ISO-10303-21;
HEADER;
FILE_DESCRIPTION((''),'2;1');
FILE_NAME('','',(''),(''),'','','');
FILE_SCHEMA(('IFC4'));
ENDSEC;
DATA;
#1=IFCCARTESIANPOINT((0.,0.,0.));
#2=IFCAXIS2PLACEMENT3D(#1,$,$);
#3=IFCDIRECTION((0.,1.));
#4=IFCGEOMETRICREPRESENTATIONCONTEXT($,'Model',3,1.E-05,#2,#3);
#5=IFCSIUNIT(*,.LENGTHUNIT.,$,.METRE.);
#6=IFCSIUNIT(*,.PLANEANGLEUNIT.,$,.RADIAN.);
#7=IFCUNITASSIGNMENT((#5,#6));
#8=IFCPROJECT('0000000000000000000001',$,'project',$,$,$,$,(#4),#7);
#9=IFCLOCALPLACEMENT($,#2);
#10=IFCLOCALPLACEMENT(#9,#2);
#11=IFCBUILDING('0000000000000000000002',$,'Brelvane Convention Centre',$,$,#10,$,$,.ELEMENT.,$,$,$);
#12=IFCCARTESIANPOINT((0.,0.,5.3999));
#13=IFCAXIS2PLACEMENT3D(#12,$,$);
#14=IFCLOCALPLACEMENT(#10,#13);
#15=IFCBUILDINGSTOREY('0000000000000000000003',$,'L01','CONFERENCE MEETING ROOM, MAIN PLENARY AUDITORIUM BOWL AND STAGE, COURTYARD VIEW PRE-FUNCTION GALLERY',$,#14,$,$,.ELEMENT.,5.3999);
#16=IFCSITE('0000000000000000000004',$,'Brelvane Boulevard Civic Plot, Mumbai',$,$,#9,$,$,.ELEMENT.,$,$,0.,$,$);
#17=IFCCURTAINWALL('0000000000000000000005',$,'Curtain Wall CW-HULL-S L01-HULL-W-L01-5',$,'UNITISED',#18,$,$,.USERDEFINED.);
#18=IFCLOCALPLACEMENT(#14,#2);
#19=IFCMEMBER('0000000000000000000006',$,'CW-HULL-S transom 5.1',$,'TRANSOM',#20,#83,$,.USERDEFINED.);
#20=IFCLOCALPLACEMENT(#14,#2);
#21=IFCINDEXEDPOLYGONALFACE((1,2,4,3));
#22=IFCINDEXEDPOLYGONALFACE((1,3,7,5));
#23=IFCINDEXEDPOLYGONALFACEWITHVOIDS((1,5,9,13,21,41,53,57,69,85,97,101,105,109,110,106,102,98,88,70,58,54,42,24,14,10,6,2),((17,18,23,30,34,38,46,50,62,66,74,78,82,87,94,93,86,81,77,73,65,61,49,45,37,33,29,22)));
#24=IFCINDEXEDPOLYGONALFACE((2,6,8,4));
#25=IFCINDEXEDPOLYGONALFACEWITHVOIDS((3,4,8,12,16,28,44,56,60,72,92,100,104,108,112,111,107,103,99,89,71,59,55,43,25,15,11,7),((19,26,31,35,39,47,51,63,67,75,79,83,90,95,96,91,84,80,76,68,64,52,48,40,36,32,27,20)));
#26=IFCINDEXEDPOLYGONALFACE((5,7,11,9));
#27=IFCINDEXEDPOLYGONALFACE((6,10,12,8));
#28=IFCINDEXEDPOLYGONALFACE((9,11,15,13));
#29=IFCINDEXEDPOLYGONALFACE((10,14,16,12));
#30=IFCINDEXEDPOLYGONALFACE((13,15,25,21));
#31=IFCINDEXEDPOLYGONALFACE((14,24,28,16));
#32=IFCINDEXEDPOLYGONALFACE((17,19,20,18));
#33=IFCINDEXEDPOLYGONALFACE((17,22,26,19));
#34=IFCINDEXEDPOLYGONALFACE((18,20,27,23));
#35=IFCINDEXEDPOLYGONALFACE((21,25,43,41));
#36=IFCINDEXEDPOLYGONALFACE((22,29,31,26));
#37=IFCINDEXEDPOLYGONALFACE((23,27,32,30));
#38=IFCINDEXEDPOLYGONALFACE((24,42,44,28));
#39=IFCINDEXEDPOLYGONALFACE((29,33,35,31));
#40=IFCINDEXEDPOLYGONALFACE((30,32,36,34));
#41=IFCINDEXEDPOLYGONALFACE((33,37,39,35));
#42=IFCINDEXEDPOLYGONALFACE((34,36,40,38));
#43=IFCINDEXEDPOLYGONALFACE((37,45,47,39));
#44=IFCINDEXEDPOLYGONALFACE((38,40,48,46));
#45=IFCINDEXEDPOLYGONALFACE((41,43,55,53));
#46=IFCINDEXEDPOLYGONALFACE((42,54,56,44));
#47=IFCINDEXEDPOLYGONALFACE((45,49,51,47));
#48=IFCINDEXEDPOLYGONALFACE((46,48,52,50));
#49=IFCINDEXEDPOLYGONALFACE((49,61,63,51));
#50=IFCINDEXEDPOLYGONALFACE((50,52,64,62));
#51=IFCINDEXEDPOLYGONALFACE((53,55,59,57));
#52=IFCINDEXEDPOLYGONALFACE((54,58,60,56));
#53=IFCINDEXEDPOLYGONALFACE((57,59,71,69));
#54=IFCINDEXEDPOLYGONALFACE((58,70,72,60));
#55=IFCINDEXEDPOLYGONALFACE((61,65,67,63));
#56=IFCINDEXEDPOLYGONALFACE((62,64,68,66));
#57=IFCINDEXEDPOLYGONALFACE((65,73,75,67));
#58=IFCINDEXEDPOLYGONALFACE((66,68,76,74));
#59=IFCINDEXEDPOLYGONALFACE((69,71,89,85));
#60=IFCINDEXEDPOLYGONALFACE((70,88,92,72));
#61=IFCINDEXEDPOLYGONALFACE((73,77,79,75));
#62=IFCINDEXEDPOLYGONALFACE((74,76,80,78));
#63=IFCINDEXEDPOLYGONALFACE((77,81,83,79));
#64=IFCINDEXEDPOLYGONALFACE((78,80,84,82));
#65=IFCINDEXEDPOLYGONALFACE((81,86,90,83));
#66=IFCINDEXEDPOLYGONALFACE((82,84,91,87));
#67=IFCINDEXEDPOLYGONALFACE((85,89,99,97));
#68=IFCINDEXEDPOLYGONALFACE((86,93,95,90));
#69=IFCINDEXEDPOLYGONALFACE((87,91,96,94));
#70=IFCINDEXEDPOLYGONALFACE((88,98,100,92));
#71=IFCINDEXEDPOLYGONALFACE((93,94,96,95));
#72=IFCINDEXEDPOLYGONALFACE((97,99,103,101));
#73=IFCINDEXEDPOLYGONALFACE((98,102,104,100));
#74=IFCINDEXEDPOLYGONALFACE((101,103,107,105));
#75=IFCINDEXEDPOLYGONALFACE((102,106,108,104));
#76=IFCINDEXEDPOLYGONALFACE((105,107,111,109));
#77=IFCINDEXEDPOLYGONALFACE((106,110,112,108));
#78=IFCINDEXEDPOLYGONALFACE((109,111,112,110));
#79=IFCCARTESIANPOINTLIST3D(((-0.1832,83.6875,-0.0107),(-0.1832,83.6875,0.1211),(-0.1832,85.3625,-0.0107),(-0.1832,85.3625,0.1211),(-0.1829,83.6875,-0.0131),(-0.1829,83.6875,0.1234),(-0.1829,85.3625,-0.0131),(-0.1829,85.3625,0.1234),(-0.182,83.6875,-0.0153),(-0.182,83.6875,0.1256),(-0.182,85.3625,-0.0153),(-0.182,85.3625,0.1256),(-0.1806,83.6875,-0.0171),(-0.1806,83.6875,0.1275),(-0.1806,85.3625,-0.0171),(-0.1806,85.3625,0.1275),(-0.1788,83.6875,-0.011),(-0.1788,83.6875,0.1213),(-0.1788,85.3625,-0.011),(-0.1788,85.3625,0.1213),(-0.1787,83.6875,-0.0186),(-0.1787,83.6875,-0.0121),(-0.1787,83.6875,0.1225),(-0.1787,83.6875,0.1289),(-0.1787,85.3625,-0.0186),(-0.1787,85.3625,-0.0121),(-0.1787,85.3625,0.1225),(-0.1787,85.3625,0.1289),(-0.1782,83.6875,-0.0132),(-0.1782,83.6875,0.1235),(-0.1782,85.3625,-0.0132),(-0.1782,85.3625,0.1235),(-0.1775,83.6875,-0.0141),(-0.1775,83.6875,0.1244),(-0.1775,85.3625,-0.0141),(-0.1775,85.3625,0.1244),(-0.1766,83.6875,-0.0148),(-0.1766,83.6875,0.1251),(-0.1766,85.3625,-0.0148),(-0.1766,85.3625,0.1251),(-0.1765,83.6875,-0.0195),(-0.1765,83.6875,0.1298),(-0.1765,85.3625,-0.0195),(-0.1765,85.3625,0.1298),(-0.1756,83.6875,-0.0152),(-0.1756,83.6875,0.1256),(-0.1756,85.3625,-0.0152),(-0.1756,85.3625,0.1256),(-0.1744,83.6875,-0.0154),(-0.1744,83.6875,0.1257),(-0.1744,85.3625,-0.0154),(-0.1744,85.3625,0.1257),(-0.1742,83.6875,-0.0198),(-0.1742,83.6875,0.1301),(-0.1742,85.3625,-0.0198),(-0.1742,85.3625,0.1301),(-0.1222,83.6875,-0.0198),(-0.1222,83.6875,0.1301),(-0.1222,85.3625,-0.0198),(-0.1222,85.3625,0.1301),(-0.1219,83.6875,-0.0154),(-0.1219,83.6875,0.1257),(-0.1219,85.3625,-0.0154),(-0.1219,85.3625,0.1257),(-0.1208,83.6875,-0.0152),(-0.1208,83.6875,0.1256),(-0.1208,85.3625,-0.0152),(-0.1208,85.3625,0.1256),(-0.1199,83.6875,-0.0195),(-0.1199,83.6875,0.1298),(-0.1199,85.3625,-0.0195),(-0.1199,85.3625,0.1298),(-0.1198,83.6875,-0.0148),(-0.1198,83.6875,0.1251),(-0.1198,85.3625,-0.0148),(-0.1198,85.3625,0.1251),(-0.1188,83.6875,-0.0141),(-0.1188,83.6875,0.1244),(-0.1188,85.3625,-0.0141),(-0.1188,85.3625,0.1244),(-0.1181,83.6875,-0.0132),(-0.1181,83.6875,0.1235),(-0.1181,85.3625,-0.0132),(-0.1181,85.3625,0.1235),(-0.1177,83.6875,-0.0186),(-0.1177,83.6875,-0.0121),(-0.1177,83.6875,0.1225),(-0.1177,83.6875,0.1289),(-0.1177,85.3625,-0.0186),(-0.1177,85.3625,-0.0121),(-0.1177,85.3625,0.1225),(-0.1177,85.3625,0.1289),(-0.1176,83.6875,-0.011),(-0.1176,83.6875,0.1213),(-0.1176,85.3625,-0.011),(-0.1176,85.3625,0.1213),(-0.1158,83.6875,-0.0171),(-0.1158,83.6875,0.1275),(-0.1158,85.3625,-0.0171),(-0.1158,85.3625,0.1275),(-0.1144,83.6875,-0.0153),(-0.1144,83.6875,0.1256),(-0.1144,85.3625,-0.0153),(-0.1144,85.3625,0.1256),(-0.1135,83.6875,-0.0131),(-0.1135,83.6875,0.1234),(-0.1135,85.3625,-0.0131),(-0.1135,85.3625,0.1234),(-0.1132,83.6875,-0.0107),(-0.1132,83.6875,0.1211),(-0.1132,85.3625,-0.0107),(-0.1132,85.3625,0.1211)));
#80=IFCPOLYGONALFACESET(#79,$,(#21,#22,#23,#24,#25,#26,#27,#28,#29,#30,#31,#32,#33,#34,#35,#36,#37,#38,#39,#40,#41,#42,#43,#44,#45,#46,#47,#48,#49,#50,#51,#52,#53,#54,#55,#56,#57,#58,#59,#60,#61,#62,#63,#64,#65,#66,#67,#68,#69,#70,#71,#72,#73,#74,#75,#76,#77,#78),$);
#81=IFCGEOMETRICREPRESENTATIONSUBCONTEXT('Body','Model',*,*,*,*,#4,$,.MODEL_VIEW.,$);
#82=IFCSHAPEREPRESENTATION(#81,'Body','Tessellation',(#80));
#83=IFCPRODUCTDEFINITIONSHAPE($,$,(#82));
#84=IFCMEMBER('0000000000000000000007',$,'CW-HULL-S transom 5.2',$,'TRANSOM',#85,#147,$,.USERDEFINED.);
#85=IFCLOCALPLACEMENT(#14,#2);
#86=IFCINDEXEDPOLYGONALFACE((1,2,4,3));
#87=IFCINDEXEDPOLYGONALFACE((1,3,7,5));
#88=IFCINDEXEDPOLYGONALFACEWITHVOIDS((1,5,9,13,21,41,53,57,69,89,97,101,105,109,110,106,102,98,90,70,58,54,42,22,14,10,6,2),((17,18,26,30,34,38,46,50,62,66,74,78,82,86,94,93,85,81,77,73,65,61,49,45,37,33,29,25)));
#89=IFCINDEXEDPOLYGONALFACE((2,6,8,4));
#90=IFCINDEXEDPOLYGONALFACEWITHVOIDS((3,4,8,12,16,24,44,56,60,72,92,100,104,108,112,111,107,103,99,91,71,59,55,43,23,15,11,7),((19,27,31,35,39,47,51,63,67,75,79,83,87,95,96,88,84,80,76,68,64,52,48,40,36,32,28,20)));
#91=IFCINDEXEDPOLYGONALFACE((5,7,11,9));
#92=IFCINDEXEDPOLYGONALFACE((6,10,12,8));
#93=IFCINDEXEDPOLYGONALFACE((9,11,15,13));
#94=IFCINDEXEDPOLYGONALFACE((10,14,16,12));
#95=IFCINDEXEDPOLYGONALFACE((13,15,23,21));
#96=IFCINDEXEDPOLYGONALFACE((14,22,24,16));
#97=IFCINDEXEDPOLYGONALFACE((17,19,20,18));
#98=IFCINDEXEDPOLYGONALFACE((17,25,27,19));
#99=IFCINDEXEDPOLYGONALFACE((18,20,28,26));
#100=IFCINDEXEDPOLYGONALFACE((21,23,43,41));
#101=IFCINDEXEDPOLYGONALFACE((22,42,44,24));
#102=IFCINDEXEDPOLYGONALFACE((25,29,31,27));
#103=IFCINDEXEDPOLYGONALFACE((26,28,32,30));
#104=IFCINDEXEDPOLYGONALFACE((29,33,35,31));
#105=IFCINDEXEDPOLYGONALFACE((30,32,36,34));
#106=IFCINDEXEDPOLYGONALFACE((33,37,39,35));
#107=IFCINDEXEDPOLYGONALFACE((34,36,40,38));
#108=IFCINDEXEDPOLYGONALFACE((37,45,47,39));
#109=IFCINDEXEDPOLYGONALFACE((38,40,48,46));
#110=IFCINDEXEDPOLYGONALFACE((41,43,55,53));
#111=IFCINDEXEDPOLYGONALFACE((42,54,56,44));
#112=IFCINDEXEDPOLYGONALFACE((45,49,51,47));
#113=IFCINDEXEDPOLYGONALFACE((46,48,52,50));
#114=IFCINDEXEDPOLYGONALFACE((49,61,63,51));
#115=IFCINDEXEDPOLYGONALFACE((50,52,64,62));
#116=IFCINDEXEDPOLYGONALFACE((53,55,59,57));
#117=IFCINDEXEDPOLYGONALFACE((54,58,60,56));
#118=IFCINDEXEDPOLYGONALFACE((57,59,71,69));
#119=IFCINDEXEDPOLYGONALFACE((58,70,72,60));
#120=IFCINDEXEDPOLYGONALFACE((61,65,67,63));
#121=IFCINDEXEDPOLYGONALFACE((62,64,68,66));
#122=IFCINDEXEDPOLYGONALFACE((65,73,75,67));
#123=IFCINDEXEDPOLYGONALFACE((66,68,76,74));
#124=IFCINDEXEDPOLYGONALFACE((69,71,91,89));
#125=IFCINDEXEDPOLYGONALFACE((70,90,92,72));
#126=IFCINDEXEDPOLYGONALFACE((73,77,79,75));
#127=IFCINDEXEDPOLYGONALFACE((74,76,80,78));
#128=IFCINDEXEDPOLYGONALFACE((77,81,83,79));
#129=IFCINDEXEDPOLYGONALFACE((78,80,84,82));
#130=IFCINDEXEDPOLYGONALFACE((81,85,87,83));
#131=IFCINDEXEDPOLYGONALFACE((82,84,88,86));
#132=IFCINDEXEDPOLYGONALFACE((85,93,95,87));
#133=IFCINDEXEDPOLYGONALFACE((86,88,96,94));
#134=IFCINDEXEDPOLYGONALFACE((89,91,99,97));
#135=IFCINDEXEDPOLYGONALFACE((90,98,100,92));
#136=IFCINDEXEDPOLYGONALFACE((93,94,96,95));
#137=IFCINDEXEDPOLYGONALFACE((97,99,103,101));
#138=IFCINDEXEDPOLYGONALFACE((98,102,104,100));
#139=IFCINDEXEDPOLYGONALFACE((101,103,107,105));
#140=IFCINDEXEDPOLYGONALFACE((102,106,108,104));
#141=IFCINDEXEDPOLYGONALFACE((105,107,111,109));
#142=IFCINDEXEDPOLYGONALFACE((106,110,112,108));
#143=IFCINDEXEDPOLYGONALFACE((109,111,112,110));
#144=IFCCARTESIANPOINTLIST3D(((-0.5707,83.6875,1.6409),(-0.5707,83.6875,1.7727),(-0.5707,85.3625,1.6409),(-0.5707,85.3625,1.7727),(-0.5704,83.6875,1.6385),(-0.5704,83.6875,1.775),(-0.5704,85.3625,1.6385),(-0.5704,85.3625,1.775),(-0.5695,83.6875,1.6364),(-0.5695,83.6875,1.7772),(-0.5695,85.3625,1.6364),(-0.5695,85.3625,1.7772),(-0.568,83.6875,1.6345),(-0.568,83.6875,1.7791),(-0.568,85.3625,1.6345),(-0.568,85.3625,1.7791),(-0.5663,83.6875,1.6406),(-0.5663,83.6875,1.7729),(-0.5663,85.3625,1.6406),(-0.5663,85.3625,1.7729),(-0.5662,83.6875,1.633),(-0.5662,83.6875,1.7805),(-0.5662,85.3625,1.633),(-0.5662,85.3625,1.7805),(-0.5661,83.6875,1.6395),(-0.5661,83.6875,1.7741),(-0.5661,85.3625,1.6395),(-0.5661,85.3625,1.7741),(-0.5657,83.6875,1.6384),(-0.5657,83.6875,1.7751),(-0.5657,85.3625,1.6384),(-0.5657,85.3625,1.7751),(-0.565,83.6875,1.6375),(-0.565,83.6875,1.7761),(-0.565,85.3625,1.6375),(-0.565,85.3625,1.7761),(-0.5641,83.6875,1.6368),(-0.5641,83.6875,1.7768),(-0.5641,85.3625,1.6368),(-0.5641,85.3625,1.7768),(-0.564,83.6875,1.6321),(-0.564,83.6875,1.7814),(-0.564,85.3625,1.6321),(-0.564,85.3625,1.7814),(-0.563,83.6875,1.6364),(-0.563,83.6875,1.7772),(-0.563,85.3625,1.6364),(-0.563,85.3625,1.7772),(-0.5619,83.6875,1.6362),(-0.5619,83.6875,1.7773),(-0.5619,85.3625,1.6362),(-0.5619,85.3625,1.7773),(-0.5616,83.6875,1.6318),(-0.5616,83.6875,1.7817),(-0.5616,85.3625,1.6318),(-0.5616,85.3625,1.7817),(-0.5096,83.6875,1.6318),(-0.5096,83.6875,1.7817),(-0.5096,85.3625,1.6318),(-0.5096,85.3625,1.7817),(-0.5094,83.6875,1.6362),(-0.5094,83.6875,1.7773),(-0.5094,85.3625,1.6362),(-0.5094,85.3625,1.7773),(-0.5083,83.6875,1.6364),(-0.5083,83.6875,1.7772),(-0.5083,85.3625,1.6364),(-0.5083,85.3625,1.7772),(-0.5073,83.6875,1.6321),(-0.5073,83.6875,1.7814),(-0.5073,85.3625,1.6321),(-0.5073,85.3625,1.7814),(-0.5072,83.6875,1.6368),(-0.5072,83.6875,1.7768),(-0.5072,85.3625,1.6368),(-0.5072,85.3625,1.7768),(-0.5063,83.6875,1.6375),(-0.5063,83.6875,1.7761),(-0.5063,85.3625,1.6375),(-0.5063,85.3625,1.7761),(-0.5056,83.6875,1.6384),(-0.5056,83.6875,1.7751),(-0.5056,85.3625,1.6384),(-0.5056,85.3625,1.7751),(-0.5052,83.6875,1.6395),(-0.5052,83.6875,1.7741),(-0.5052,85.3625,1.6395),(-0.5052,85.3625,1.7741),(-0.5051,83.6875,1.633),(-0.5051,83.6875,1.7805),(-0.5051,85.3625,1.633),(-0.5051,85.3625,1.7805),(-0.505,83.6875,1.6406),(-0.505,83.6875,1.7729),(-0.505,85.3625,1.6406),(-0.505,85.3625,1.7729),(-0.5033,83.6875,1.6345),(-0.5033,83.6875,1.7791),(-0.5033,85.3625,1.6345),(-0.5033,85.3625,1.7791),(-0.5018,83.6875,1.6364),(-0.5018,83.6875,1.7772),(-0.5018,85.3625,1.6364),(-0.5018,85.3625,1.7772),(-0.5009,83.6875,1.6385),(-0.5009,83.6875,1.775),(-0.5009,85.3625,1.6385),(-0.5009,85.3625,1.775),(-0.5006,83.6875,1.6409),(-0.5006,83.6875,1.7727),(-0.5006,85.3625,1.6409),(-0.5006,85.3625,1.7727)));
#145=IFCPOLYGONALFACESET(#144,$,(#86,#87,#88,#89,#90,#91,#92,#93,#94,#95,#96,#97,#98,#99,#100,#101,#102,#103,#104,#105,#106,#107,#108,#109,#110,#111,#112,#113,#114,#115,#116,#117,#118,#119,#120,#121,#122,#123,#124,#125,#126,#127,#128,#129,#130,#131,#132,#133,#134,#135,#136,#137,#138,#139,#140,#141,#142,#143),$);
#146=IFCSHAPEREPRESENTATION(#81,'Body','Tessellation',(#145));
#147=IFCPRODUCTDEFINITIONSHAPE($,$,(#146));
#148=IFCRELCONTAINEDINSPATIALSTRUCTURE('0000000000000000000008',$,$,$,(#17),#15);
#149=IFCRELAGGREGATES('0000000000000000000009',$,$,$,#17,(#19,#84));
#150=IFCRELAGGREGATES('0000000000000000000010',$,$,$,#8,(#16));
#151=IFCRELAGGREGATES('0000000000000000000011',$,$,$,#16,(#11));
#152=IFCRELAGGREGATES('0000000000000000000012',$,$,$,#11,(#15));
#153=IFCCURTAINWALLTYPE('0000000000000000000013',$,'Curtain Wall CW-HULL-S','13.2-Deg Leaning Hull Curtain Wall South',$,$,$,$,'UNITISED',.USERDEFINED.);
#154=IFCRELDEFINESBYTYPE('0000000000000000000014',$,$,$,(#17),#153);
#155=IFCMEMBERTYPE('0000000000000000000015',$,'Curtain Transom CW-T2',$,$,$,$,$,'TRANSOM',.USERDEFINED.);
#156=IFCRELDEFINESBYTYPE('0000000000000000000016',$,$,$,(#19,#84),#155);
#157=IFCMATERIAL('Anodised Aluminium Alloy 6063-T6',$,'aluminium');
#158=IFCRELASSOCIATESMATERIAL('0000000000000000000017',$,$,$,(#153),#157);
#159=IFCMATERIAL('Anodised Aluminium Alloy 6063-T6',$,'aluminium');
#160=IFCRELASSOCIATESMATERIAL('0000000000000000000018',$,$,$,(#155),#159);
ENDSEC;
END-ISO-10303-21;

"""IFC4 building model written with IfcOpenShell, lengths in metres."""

from ifc_helpers import new_model, si_unit, direction, frame, origin, origin_2d, place, context, subcontext, project, spatial, hollow_rectangle, extrude, material, material_profile, profile_set, type_object, element, aggregate, save


model = new_model("IFC4")

# Units and contexts
model_context = context("Model", 3, precision=1e-05, world=origin(), true_north=direction((0.0, 1.0)))
body_context = subcontext(model_context, "Body", "Model", "MODEL_VIEW")
ifc_project = project(units=[si_unit("LENGTHUNIT", "METRE"), si_unit("PLANEANGLEUNIT", "RADIAN")], contexts=[model_context])

# Site, building, storey
site_placement = place(None, origin())
site = spatial("IfcSite", under=ifc_project, at=site_placement, Name="Brelvane Boulevard Civic Plot, Mumbai", CompositionType="ELEMENT", RefElevation=0.0)
building_placement = place(site_placement, origin())
building = spatial("IfcBuilding", under=site, at=building_placement, Name="Brelvane Convention Centre", CompositionType="ELEMENT")
storey_placement = place(building_placement, frame((0.0, 0.0, 5.3999)))
storey = spatial("IfcBuildingStorey", under=building, at=storey_placement, Name="L01", Description="CONFERENCE MEETING ROOM, MAIN PLENARY AUDITORIUM BOWL AND STAGE, COURTYARD VIEW PRE-FUNCTION GALLERY", CompositionType="ELEMENT", Elevation=5.3999)

# Curtain wall, members
ifc_material_1 = material(Name="Anodised Aluminium Alloy 6063-T6", Category="aluminium")
curtain_wall_type = type_object("IfcCurtainWallType", Name="Curtain Wall CW-HULL-S", Description="13.2-Deg Leaning Hull Curtain Wall South", ElementType="UNITISED", PredefinedType="USERDEFINED", material=ifc_material_1)
curtain_wall_placement = place(storey_placement, origin())
curtain_wall = element("IfcCurtainWall", 1, at=curtain_wall_placement, inside=storey, type_object=curtain_wall_type, Name="Curtain Wall CW-HULL-S L01-HULL-W-L01-5", ObjectType="UNITISED", PredefinedType="USERDEFINED")
ifc_material_2 = material(Name="Anodised Aluminium Alloy 6063-T6", Category="aluminium")
ifc_material_profile_1 = material_profile(ifc_material_2, hollow_rectangle(XDim=0.0701, YDim=0.1499, WallThickness=0.0044, InnerFilletRadius=0.0044, OuterFilletRadius=0.009, at=origin_2d()), Name="ALU-T 150x70x4.5")
ifc_profile_set_1 = profile_set([ifc_material_profile_1], Name="Anodised Aluminium Alloy 6063-T6")
member_type_1 = type_object("IfcMemberType", Name="Curtain Transom CW-T2", ElementType="TRANSOM", PredefinedType="USERDEFINED", material=ifc_profile_set_1)
member_1_placement = place(storey_placement, frame((-0.1482, 83.6875, 0.0552), z_axis=(0.0, 1.0, 0.0), x_axis=(-1.0, 0.0, 0.0)))
member_1 = element("IfcMember", 2, at=member_1_placement, type_object=member_type_1, Name="CW-HULL-S transom 5.1", ObjectType="TRANSOM", PredefinedType="USERDEFINED", context=body_context, shape_type="SweptSolid", body=[
    extrude(hollow_rectangle(XDim=0.0701, YDim=0.1499, WallThickness=0.0044, InnerFilletRadius=0.0044, OuterFilletRadius=0.009, at=origin_2d()), origin(), (0.0, 0.0, 1.0), 1.675),
])
member_2_placement = place(storey_placement, frame((-0.5356, 83.6875, 1.7068), z_axis=(0.0, 1.0, 0.0), x_axis=(-1.0, 0.0, 0.0)))
member_2 = element("IfcMember", 3, at=member_2_placement, type_object=member_type_1, Name="CW-HULL-S transom 5.2", ObjectType="TRANSOM", PredefinedType="USERDEFINED", context=body_context, shape_type="SweptSolid", body=[
    extrude(hollow_rectangle(XDim=0.0701, YDim=0.1499, WallThickness=0.0044, InnerFilletRadius=0.0044, OuterFilletRadius=0.009, at=origin_2d()), origin(), (0.0, 0.0, 1.0), 1.675),
])
aggregate(curtain_wall, [member_1, member_2])

save(model, "model.ifc")
